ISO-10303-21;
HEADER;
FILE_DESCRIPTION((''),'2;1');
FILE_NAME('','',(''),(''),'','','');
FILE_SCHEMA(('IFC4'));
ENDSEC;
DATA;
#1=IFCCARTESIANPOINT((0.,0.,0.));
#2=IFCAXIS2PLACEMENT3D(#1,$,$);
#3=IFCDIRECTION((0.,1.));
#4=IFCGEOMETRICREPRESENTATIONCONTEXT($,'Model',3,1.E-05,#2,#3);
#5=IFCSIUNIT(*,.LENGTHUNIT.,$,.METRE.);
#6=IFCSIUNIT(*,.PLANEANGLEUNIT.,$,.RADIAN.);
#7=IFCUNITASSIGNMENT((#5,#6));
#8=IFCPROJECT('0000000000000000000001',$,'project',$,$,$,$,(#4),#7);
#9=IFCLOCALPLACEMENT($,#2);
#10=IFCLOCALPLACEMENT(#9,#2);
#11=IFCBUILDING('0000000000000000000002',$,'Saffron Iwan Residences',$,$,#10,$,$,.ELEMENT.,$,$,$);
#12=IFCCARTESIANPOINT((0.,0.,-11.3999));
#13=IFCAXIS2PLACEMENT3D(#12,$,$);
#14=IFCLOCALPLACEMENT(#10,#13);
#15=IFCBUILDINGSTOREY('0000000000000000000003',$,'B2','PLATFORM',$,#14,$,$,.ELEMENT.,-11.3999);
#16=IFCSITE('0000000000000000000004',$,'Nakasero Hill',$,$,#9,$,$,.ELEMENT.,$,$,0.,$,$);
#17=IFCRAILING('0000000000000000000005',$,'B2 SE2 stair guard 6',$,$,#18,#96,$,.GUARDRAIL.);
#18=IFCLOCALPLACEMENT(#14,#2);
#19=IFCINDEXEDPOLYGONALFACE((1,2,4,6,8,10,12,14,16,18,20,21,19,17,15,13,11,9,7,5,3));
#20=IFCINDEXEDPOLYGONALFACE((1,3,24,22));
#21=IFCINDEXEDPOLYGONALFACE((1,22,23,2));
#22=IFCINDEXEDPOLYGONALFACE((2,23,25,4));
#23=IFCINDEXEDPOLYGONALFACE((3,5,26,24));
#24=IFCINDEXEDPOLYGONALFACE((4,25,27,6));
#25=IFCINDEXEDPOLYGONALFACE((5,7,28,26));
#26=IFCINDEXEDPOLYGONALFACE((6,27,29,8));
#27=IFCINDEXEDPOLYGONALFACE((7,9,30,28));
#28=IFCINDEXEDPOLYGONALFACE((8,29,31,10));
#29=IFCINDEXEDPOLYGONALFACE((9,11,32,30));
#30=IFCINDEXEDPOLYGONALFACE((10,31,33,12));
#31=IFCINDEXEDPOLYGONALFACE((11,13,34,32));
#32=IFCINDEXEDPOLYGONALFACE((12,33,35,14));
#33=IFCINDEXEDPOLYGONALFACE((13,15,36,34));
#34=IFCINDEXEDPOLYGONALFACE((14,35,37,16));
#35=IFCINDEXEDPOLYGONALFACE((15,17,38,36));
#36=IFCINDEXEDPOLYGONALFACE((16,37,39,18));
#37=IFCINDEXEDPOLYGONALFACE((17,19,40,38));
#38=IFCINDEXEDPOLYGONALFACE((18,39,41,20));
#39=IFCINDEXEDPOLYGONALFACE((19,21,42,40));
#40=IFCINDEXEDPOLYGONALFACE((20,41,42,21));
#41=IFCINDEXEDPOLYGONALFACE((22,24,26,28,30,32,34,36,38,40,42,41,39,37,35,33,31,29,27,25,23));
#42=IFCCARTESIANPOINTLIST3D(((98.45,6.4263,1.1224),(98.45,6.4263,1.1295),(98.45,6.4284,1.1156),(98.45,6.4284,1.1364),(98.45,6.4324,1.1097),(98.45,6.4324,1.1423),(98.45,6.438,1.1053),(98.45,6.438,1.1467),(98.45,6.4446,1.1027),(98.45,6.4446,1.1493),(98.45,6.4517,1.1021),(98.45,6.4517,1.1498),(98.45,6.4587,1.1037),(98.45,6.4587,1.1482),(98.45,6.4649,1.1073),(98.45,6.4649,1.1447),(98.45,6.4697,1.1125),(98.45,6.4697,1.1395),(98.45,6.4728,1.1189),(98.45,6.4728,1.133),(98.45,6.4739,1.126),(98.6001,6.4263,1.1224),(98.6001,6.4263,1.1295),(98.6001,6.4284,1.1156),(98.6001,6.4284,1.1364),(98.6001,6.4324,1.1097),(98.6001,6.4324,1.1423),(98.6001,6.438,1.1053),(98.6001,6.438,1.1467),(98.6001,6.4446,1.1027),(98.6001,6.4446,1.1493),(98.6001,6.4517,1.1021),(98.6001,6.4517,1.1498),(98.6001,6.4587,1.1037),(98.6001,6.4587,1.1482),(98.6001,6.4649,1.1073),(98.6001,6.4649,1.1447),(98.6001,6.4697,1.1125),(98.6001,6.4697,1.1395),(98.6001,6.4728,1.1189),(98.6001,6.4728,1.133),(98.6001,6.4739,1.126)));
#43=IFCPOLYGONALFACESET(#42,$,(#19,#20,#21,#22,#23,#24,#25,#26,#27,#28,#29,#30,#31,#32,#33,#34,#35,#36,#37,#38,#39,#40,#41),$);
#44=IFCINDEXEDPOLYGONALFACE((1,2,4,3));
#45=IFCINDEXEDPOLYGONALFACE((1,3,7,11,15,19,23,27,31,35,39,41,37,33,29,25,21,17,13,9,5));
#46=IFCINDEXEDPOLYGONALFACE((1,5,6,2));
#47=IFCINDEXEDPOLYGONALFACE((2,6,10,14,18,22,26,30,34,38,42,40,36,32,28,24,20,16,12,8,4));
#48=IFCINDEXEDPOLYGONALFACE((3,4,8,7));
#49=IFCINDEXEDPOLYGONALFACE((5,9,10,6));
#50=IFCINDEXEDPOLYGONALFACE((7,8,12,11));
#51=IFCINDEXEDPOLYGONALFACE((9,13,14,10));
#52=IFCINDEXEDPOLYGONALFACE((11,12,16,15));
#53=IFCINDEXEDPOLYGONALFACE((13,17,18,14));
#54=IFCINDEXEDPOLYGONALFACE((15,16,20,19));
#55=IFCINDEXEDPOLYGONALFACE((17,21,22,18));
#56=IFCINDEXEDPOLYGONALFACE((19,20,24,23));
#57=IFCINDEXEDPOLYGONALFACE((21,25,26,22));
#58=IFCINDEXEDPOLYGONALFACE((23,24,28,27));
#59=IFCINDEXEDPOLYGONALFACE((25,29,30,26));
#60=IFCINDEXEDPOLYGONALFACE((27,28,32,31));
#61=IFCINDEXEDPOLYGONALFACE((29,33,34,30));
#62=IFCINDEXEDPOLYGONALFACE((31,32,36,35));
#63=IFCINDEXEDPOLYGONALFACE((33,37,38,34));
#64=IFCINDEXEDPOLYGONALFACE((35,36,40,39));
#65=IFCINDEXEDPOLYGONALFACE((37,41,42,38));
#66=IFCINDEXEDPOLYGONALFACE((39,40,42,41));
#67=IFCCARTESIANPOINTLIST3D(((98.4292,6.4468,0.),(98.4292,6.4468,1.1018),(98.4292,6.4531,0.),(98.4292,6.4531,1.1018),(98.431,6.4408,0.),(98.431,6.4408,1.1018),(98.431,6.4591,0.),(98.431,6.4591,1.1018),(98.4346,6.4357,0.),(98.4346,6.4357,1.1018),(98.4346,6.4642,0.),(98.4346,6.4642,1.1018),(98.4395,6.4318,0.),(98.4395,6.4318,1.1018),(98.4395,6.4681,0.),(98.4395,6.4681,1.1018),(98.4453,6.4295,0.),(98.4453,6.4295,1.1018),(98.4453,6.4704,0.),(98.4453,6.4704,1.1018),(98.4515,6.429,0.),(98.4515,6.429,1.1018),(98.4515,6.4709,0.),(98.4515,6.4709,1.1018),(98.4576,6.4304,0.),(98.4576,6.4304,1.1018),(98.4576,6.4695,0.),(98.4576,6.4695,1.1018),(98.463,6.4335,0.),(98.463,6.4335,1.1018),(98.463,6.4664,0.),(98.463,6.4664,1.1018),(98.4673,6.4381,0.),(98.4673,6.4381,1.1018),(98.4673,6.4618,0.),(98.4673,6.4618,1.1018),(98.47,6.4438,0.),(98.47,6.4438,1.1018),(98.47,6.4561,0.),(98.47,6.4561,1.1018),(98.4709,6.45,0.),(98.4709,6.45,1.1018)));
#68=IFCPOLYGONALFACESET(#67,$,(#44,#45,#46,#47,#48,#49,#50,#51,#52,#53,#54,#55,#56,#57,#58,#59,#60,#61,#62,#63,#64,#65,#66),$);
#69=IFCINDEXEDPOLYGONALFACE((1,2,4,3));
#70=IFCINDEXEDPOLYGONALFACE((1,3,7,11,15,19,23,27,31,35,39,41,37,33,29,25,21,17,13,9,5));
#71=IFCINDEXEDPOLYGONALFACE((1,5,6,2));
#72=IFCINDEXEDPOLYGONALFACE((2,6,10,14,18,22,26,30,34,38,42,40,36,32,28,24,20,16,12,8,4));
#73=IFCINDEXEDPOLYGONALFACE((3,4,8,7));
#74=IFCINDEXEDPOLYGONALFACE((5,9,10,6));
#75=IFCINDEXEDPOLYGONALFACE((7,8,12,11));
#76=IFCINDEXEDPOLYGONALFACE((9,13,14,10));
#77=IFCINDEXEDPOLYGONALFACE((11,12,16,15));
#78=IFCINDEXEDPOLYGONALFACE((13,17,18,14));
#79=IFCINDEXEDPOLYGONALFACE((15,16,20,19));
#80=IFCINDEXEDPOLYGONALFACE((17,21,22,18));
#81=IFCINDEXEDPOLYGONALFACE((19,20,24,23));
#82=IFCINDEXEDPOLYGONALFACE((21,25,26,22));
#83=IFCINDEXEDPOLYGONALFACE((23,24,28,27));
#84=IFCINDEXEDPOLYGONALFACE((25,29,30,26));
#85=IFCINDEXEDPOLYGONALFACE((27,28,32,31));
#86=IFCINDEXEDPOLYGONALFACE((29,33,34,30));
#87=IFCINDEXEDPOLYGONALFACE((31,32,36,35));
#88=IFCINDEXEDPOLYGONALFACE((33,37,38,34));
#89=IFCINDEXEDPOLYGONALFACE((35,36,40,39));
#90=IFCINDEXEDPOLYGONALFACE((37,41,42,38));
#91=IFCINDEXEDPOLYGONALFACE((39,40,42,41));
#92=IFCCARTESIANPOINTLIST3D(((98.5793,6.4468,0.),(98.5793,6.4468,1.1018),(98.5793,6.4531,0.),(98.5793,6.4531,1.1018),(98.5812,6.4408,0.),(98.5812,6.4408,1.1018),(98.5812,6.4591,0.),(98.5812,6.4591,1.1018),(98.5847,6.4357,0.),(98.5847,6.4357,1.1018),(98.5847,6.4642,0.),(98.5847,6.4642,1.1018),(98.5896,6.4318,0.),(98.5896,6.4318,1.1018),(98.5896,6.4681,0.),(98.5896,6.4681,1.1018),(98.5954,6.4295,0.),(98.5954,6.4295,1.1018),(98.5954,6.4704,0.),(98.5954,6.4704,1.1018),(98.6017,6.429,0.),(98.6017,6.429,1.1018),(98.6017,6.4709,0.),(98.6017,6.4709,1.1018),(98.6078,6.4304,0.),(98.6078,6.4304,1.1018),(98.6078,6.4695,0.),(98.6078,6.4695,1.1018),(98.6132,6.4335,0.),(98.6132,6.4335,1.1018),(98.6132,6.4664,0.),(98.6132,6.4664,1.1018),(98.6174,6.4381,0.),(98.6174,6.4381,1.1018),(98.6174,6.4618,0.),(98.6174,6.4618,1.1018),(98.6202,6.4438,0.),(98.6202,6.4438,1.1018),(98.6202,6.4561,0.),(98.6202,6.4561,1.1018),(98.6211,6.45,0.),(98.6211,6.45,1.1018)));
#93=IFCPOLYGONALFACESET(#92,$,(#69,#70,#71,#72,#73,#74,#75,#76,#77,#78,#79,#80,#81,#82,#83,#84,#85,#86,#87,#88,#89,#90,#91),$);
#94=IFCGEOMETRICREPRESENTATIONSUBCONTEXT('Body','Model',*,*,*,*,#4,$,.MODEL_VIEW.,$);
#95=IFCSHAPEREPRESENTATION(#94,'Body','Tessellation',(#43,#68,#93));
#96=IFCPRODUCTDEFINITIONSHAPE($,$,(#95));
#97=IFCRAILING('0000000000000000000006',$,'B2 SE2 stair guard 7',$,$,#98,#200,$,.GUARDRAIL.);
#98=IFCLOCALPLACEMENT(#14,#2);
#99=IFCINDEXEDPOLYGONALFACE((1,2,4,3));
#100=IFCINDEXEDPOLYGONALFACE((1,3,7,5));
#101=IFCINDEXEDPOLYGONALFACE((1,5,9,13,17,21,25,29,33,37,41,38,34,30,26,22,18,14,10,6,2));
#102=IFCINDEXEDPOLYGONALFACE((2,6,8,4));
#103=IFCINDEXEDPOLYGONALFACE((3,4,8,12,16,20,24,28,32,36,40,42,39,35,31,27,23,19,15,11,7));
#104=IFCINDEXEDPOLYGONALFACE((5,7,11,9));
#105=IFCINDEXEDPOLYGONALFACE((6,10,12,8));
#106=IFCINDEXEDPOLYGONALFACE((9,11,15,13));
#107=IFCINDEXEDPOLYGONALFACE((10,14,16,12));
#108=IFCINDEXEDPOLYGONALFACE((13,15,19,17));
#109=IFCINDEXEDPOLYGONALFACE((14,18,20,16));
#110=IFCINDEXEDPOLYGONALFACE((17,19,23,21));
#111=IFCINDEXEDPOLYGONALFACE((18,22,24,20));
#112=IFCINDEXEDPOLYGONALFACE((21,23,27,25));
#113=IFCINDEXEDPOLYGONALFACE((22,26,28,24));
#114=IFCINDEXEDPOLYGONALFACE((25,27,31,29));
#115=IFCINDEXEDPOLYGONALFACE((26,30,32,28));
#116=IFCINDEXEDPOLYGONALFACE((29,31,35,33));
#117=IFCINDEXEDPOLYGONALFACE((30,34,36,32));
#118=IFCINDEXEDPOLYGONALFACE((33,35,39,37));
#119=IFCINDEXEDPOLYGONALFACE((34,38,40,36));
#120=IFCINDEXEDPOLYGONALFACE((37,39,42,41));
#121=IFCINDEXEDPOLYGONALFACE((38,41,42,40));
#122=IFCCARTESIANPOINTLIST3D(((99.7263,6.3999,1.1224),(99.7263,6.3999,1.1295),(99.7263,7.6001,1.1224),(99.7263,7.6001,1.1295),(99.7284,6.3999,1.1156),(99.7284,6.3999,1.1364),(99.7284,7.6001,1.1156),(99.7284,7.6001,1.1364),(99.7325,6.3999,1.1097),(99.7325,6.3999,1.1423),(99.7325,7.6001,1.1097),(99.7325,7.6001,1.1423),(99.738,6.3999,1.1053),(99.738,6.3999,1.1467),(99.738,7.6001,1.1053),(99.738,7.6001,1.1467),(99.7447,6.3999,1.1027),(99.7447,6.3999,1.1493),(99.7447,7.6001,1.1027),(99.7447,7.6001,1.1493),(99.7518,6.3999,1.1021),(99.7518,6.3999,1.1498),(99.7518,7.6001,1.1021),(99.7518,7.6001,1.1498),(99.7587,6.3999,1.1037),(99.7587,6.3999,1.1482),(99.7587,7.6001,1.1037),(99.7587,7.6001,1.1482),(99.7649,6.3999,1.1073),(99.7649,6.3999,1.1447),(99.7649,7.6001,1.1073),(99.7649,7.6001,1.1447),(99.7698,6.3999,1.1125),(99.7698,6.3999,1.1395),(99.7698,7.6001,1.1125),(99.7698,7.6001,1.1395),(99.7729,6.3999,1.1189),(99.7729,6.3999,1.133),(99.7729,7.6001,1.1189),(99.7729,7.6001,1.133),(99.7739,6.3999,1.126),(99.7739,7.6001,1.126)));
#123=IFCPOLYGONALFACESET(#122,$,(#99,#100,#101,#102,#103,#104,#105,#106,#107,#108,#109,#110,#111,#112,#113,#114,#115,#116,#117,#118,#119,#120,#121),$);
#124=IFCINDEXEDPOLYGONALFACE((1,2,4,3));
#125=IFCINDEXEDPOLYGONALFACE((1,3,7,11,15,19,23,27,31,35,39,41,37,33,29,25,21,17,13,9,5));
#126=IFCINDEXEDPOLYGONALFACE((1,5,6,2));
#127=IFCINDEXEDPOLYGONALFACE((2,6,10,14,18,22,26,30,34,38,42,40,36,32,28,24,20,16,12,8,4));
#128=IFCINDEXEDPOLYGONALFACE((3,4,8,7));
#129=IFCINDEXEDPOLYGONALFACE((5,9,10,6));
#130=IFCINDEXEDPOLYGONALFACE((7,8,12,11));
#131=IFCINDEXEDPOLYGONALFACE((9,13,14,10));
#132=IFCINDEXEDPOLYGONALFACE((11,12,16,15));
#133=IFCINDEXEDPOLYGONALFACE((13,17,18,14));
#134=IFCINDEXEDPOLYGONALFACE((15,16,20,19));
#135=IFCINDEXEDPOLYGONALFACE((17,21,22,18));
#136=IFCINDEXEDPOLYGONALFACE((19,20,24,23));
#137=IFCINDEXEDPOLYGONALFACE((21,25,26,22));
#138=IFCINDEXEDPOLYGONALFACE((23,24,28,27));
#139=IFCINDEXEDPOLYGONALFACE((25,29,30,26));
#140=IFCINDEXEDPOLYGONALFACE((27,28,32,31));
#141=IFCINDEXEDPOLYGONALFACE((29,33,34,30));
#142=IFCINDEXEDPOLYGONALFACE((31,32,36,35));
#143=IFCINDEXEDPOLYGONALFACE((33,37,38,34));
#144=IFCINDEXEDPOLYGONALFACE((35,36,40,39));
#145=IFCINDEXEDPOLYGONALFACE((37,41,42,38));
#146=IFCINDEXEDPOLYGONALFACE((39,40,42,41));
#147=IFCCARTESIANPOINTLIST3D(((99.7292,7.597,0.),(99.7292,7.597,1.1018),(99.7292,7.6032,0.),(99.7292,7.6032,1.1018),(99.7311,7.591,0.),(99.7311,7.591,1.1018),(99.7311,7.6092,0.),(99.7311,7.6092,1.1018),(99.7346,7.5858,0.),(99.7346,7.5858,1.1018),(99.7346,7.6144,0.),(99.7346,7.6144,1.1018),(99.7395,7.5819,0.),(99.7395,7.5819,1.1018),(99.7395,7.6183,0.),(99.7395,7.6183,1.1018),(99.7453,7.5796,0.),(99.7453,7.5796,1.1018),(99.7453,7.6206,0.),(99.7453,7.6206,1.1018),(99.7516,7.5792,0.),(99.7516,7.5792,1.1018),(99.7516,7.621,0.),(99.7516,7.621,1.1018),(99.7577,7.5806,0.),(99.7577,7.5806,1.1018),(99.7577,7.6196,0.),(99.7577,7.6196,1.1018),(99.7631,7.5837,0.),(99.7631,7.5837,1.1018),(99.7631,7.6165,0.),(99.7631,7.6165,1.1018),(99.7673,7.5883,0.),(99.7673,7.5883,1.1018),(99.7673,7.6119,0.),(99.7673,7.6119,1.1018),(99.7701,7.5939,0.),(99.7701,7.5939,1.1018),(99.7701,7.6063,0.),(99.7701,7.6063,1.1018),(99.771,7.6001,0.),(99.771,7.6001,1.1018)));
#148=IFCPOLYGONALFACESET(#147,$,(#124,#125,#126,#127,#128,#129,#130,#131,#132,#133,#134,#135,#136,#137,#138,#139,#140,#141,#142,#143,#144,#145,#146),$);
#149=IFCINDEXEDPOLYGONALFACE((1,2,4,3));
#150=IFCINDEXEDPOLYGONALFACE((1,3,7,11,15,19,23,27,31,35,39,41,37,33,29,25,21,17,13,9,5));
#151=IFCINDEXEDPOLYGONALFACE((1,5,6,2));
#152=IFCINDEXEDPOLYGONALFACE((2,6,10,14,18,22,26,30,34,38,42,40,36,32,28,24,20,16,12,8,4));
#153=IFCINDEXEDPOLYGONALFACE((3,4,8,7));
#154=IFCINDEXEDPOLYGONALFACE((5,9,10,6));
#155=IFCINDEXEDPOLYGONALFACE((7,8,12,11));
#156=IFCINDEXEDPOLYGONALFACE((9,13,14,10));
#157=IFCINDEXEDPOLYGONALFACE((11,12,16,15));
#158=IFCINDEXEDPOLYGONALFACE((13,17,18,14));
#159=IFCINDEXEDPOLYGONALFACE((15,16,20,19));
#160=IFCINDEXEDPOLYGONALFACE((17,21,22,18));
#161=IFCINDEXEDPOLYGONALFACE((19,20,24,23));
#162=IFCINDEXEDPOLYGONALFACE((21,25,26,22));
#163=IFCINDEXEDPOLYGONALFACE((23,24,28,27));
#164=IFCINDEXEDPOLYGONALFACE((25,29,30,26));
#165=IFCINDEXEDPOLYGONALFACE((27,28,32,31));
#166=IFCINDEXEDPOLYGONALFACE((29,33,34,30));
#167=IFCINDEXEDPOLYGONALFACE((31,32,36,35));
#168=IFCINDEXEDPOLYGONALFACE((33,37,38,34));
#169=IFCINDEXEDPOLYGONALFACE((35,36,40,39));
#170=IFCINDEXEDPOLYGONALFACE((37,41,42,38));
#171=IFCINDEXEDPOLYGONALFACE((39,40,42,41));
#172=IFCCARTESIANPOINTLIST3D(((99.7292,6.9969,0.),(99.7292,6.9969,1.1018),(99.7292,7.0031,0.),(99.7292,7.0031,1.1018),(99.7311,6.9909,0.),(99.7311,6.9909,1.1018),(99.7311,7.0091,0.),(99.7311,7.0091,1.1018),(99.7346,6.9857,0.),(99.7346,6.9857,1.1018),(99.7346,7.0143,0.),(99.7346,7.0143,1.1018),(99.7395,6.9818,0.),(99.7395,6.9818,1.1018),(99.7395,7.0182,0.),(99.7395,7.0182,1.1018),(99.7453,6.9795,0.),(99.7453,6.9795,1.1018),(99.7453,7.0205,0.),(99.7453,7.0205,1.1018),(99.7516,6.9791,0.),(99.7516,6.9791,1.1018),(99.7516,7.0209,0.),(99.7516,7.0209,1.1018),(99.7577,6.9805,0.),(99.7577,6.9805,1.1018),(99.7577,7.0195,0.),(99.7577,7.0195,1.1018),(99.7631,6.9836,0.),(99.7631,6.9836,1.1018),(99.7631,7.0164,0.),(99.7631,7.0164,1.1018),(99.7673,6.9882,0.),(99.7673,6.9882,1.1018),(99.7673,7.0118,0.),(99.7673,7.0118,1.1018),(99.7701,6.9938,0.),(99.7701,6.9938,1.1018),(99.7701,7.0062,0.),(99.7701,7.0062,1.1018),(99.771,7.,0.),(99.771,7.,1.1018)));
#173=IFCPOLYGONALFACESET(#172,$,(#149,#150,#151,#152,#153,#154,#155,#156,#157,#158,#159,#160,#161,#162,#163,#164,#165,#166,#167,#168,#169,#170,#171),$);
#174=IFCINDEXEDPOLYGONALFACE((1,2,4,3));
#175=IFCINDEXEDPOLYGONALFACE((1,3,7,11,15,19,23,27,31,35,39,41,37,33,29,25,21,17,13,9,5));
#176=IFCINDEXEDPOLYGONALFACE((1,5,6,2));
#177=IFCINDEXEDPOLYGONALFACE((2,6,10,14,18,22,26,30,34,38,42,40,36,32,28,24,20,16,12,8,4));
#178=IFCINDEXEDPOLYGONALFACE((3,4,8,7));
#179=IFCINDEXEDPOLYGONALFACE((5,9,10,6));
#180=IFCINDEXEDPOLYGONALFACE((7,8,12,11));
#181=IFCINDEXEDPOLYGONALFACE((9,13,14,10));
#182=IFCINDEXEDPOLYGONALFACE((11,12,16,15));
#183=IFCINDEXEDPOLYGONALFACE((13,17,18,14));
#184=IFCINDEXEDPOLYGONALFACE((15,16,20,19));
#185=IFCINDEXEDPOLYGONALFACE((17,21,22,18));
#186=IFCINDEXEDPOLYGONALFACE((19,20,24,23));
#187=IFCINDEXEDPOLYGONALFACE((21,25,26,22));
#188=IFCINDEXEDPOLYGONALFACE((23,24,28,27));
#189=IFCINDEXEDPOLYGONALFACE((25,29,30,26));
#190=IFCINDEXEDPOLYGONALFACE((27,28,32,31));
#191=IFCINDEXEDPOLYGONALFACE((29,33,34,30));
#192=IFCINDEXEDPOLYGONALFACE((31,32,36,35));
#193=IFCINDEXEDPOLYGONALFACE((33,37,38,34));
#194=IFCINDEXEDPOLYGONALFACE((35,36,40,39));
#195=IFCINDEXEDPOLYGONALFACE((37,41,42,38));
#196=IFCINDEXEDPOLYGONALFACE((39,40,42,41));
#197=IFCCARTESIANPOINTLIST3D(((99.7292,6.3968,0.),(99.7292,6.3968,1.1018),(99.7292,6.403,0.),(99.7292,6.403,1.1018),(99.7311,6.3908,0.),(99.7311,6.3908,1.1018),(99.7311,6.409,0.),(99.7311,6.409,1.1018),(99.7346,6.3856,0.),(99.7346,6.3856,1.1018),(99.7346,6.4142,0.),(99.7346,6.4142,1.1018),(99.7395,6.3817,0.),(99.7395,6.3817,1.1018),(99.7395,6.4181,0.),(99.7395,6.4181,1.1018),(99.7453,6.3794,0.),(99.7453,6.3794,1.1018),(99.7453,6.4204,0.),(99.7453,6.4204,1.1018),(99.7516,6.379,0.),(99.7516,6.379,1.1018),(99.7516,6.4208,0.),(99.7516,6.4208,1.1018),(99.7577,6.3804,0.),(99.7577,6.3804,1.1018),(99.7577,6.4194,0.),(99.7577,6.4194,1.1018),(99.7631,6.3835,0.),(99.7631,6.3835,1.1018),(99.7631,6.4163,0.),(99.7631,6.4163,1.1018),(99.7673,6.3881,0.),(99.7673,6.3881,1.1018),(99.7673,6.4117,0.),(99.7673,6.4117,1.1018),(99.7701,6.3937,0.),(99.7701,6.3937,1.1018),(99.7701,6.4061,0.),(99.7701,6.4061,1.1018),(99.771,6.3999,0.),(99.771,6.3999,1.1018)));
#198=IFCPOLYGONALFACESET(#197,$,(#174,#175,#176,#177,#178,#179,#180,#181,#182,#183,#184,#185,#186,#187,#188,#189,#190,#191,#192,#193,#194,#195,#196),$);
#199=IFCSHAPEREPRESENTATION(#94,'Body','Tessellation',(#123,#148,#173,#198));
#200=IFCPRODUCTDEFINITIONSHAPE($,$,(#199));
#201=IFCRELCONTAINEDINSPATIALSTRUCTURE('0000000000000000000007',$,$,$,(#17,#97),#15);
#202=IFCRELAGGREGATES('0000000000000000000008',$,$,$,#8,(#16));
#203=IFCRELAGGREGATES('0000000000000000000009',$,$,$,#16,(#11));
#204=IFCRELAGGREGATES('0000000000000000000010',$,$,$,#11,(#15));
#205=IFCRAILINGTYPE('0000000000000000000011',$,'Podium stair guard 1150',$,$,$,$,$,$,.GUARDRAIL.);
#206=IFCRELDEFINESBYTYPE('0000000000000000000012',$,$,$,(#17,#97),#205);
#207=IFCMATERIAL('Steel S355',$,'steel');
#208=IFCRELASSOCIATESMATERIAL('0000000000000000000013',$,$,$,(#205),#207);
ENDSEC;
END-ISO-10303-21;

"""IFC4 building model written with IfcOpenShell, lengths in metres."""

from ifc_helpers import new_model, si_unit, direction, frame, origin, origin_2d, place, context, subcontext, project, spatial, circle, extrude, material, type_object, element, save


model = new_model("IFC4")

# Units and contexts
model_context = context("Model", 3, precision=1e-05, world=origin(), true_north=direction((0.0, 1.0)))
body_context = subcontext(model_context, "Body", "Model", "MODEL_VIEW")
ifc_project = project(units=[si_unit("LENGTHUNIT", "METRE"), si_unit("PLANEANGLEUNIT", "RADIAN")], contexts=[model_context])

# Site, building, storey
site_placement = place(None, origin())
site = spatial("IfcSite", under=ifc_project, at=site_placement, Name="Nakasero Hill", CompositionType="ELEMENT", RefElevation=0.0)
building_placement = place(site_placement, origin())
building = spatial("IfcBuilding", under=site, at=building_placement, Name="Saffron Iwan Residences", CompositionType="ELEMENT")
storey_placement = place(building_placement, frame((0.0, 0.0, -11.3999)))
storey = spatial("IfcBuildingStorey", under=building, at=storey_placement, Name="B2", Description="PLATFORM", CompositionType="ELEMENT", Elevation=-11.3999)

# Railings
ifc_material_1 = material(Name="Steel S355", Category="steel")
railing_type_1 = type_object("IfcRailingType", Name="Podium stair guard 1150", PredefinedType="GUARDRAIL", material=ifc_material_1)
railing_1_placement = place(storey_placement, frame((98.45, 6.45, 0.0)))
element("IfcRailing", 1, at=railing_1_placement, inside=storey, type_object=railing_type_1, Name="B2 SE2 stair guard 6", PredefinedType="GUARDRAIL", context=body_context, shape_type="SweptSolid", body=[
    extrude(circle(Radius=0.0239, at=origin_2d()), frame((0.0, 0.0, 1.126), z_axis=(1.0, 0.0, 0.0), x_axis=(0.0, 1.0, 0.0)), (0.0, 0.0, 1.0), 0.1501),
    extrude(circle(Radius=0.021, at=origin_2d()), origin(), (0.0, 0.0, 1.0), 1.1018),
    extrude(circle(Radius=0.021, at=origin_2d()), frame((0.1501, 0.0, 0.0)), (0.0, 0.0, 1.0), 1.1018),
])
railing_2_placement = place(storey_placement, frame((99.75, 7.6001, 0.0)))
element("IfcRailing", 2, at=railing_2_placement, inside=storey, type_object=railing_type_1, Name="B2 SE2 stair guard 7", PredefinedType="GUARDRAIL", context=body_context, shape_type="SweptSolid", body=[
    extrude(circle(Radius=0.0239, at=origin_2d()), frame((0.0, 0.0, 1.126), z_axis=(0.0, -1.0, 0.0), x_axis=(1.0, 0.0, 0.0)), (0.0, 0.0, 1.0), 1.2002),
    extrude(circle(Radius=0.021, at=origin_2d()), origin(), (0.0, 0.0, 1.0), 1.1018),
    extrude(circle(Radius=0.021, at=origin_2d()), frame((0.0, -0.6001, 0.0)), (0.0, 0.0, 1.0), 1.1018),
    extrude(circle(Radius=0.021, at=origin_2d()), frame((0.0, -1.2002, 0.0)), (0.0, 0.0, 1.0), 1.1018),
])

save(model, "model.ifc")
